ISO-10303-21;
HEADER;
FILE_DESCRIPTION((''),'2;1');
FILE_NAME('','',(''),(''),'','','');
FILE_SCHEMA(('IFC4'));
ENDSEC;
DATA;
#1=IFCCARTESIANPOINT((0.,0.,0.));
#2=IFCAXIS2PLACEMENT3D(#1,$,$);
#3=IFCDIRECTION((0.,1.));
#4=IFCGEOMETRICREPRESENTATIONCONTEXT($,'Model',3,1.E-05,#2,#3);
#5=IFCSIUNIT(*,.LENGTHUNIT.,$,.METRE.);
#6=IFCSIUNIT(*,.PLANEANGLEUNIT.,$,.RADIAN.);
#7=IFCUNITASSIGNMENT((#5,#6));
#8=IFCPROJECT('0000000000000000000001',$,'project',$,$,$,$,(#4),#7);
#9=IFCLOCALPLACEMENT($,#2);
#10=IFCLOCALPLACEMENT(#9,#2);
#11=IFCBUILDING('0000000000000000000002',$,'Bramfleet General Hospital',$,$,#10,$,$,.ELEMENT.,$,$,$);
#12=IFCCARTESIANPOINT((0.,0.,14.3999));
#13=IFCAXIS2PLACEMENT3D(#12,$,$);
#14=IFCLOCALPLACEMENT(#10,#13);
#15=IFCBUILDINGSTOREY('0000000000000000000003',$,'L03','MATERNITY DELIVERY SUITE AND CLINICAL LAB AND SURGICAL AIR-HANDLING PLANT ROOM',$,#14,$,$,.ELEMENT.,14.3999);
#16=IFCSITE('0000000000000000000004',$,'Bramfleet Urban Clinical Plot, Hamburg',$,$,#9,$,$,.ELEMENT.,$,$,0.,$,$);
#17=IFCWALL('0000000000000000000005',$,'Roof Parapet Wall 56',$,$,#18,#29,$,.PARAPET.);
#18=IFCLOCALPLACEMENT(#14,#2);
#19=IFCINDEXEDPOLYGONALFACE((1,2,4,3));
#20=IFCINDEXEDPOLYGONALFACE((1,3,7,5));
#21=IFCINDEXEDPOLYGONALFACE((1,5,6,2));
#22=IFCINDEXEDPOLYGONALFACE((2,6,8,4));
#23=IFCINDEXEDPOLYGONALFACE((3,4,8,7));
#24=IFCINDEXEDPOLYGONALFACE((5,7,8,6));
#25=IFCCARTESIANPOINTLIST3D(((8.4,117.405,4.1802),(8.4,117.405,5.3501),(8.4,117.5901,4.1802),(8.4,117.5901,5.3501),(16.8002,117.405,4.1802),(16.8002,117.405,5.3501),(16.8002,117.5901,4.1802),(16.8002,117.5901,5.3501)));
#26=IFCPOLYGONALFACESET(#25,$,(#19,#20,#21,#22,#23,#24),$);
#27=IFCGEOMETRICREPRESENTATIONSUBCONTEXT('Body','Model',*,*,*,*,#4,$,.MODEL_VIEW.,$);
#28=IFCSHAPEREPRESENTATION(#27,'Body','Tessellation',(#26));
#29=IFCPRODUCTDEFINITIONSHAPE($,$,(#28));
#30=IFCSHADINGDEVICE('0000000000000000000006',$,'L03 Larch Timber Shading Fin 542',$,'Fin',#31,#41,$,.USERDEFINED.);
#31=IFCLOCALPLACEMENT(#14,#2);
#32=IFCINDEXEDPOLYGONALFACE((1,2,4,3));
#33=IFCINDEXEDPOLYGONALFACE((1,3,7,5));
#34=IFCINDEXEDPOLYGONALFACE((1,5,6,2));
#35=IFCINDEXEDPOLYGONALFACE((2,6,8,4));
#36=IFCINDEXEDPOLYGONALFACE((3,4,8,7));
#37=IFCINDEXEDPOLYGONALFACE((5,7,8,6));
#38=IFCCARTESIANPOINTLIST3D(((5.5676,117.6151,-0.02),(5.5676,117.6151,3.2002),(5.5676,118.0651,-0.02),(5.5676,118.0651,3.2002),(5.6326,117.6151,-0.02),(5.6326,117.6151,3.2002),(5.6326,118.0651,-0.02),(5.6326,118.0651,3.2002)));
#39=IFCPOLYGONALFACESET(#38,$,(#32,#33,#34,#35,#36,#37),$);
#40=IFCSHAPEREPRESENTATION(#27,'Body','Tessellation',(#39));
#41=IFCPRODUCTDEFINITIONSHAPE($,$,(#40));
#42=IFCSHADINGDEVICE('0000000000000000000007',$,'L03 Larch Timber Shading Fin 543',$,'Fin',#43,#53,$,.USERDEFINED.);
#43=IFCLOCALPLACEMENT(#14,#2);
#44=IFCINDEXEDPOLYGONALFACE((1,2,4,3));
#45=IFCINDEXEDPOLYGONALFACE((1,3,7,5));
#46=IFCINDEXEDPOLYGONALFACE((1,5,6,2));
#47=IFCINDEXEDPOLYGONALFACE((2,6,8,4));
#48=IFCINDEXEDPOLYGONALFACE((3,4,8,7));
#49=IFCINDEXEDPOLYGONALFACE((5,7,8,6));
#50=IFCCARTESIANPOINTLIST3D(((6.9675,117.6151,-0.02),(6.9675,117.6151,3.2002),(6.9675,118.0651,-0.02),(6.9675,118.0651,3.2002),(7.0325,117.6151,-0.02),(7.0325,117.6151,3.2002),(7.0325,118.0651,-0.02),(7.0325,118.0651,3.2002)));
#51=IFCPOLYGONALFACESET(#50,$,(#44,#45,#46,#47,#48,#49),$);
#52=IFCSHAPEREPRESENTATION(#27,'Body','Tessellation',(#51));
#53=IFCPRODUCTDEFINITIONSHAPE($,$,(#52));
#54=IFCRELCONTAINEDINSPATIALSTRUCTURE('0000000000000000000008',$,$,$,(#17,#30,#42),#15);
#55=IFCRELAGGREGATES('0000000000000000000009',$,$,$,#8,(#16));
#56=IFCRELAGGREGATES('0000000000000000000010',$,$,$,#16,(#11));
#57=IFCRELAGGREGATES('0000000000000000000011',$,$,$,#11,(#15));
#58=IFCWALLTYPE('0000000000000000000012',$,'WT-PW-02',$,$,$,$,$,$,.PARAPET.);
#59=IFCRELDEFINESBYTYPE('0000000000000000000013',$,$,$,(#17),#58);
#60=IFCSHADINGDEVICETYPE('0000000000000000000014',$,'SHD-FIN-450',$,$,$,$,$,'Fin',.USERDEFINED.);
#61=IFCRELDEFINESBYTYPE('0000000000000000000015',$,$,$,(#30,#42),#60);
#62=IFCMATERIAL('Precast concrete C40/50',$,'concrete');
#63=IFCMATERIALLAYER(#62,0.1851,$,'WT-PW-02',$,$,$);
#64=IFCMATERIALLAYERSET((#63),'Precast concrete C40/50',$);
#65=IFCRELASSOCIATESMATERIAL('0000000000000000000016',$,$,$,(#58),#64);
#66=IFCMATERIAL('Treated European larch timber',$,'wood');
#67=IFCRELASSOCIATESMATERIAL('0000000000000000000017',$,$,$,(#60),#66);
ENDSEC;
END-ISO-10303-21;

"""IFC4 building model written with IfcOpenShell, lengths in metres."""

from ifc_helpers import new_model, si_unit, direction, frame, frame_2d, origin, origin_2d, place, context, subcontext, project, spatial, rectangle, extrude, material, layer, layer_set, material_profile, profile_set, type_object, element, save


model = new_model("IFC4")

# Units and contexts
model_context = context("Model", 3, precision=1e-05, world=origin(), true_north=direction((0.0, 1.0)))
body_context = subcontext(model_context, "Body", "Model", "MODEL_VIEW")
ifc_project = project(units=[si_unit("LENGTHUNIT", "METRE"), si_unit("PLANEANGLEUNIT", "RADIAN")], contexts=[model_context])

# Site, building, storey
site_placement = place(None, origin())
site = spatial("IfcSite", under=ifc_project, at=site_placement, Name="Bramfleet Urban Clinical Plot, Hamburg", CompositionType="ELEMENT", RefElevation=0.0)
building_placement = place(site_placement, origin())
building = spatial("IfcBuilding", under=site, at=building_placement, Name="Bramfleet General Hospital", CompositionType="ELEMENT")
storey_placement = place(building_placement, frame((0.0, 0.0, 14.3999)))
storey = spatial("IfcBuildingStorey", under=building, at=storey_placement, Name="L03", Description="MATERNITY DELIVERY SUITE AND CLINICAL LAB AND SURGICAL AIR-HANDLING PLANT ROOM", CompositionType="ELEMENT", Elevation=14.3999)

# Wall
ifc_material_1 = material(Name="Precast concrete C40/50", Category="concrete")
ifc_layer_1 = layer(ifc_material_1, 0.1851, Name="WT-PW-02")
ifc_layer_set_1 = layer_set([ifc_layer_1], Name="Precast concrete C40/50")
wall_type = type_object("IfcWallType", Name="WT-PW-02", PredefinedType="PARAPET", material=ifc_layer_set_1)
wall_placement = place(storey_placement, frame((8.3999, 117.4976, 4.1802), z_axis=(0.0, 0.0, 1.0), x_axis=(1.0, 0.0, 0.0)))
element("IfcWall", 1, at=wall_placement, inside=storey, type_object=wall_type, Name="Roof Parapet Wall 56", PredefinedType="PARAPET", context=body_context, shape_type="SweptSolid", body=[
    extrude(rectangle(XDim=8.4001, YDim=0.1851, at=frame_2d((4.2002, 0.0))), origin(), (0.0, 0.0, 1.0), 1.1699),
])

# Shading devices
ifc_material_2 = material(Name="Treated European larch timber", Category="wood")
ifc_material_profile_1 = material_profile(ifc_material_2, rectangle(XDim=0.0649, YDim=0.45, at=origin_2d()), Name="LARCH FIN 450x65")
ifc_profile_set_1 = profile_set([ifc_material_profile_1], Name="Treated European larch timber")
shading_device_type = type_object("IfcShadingDeviceType", Name="SHD-FIN-450", ElementType="Fin", PredefinedType="USERDEFINED", material=ifc_profile_set_1)
for number, where, z_axis, x_axis, name in (
    (2, (5.6001, 117.8401, -0.02), (0.0, 0.0, 1.0), (1.0, 0.0, 0.0), "L03 Larch Timber Shading Fin 542"),
    (3, (7.0, 117.8401, -0.02), (0.0, 0.0, 1.0), (1.0, 0.0, 0.0), "L03 Larch Timber Shading Fin 543"),
):
    element("IfcShadingDevice", number, at=place(storey_placement, frame(where, z_axis=z_axis, x_axis=x_axis)), inside=storey, type_object=shading_device_type, Name=name, ObjectType="Fin", PredefinedType="USERDEFINED", context=body_context, shape_type="SweptSolid", body=[
        extrude(rectangle(XDim=0.0649, YDim=0.45, at=origin_2d()), origin(), (0.0, 0.0, 1.0), 3.2202),
    ])

save(model, "model.ifc")
